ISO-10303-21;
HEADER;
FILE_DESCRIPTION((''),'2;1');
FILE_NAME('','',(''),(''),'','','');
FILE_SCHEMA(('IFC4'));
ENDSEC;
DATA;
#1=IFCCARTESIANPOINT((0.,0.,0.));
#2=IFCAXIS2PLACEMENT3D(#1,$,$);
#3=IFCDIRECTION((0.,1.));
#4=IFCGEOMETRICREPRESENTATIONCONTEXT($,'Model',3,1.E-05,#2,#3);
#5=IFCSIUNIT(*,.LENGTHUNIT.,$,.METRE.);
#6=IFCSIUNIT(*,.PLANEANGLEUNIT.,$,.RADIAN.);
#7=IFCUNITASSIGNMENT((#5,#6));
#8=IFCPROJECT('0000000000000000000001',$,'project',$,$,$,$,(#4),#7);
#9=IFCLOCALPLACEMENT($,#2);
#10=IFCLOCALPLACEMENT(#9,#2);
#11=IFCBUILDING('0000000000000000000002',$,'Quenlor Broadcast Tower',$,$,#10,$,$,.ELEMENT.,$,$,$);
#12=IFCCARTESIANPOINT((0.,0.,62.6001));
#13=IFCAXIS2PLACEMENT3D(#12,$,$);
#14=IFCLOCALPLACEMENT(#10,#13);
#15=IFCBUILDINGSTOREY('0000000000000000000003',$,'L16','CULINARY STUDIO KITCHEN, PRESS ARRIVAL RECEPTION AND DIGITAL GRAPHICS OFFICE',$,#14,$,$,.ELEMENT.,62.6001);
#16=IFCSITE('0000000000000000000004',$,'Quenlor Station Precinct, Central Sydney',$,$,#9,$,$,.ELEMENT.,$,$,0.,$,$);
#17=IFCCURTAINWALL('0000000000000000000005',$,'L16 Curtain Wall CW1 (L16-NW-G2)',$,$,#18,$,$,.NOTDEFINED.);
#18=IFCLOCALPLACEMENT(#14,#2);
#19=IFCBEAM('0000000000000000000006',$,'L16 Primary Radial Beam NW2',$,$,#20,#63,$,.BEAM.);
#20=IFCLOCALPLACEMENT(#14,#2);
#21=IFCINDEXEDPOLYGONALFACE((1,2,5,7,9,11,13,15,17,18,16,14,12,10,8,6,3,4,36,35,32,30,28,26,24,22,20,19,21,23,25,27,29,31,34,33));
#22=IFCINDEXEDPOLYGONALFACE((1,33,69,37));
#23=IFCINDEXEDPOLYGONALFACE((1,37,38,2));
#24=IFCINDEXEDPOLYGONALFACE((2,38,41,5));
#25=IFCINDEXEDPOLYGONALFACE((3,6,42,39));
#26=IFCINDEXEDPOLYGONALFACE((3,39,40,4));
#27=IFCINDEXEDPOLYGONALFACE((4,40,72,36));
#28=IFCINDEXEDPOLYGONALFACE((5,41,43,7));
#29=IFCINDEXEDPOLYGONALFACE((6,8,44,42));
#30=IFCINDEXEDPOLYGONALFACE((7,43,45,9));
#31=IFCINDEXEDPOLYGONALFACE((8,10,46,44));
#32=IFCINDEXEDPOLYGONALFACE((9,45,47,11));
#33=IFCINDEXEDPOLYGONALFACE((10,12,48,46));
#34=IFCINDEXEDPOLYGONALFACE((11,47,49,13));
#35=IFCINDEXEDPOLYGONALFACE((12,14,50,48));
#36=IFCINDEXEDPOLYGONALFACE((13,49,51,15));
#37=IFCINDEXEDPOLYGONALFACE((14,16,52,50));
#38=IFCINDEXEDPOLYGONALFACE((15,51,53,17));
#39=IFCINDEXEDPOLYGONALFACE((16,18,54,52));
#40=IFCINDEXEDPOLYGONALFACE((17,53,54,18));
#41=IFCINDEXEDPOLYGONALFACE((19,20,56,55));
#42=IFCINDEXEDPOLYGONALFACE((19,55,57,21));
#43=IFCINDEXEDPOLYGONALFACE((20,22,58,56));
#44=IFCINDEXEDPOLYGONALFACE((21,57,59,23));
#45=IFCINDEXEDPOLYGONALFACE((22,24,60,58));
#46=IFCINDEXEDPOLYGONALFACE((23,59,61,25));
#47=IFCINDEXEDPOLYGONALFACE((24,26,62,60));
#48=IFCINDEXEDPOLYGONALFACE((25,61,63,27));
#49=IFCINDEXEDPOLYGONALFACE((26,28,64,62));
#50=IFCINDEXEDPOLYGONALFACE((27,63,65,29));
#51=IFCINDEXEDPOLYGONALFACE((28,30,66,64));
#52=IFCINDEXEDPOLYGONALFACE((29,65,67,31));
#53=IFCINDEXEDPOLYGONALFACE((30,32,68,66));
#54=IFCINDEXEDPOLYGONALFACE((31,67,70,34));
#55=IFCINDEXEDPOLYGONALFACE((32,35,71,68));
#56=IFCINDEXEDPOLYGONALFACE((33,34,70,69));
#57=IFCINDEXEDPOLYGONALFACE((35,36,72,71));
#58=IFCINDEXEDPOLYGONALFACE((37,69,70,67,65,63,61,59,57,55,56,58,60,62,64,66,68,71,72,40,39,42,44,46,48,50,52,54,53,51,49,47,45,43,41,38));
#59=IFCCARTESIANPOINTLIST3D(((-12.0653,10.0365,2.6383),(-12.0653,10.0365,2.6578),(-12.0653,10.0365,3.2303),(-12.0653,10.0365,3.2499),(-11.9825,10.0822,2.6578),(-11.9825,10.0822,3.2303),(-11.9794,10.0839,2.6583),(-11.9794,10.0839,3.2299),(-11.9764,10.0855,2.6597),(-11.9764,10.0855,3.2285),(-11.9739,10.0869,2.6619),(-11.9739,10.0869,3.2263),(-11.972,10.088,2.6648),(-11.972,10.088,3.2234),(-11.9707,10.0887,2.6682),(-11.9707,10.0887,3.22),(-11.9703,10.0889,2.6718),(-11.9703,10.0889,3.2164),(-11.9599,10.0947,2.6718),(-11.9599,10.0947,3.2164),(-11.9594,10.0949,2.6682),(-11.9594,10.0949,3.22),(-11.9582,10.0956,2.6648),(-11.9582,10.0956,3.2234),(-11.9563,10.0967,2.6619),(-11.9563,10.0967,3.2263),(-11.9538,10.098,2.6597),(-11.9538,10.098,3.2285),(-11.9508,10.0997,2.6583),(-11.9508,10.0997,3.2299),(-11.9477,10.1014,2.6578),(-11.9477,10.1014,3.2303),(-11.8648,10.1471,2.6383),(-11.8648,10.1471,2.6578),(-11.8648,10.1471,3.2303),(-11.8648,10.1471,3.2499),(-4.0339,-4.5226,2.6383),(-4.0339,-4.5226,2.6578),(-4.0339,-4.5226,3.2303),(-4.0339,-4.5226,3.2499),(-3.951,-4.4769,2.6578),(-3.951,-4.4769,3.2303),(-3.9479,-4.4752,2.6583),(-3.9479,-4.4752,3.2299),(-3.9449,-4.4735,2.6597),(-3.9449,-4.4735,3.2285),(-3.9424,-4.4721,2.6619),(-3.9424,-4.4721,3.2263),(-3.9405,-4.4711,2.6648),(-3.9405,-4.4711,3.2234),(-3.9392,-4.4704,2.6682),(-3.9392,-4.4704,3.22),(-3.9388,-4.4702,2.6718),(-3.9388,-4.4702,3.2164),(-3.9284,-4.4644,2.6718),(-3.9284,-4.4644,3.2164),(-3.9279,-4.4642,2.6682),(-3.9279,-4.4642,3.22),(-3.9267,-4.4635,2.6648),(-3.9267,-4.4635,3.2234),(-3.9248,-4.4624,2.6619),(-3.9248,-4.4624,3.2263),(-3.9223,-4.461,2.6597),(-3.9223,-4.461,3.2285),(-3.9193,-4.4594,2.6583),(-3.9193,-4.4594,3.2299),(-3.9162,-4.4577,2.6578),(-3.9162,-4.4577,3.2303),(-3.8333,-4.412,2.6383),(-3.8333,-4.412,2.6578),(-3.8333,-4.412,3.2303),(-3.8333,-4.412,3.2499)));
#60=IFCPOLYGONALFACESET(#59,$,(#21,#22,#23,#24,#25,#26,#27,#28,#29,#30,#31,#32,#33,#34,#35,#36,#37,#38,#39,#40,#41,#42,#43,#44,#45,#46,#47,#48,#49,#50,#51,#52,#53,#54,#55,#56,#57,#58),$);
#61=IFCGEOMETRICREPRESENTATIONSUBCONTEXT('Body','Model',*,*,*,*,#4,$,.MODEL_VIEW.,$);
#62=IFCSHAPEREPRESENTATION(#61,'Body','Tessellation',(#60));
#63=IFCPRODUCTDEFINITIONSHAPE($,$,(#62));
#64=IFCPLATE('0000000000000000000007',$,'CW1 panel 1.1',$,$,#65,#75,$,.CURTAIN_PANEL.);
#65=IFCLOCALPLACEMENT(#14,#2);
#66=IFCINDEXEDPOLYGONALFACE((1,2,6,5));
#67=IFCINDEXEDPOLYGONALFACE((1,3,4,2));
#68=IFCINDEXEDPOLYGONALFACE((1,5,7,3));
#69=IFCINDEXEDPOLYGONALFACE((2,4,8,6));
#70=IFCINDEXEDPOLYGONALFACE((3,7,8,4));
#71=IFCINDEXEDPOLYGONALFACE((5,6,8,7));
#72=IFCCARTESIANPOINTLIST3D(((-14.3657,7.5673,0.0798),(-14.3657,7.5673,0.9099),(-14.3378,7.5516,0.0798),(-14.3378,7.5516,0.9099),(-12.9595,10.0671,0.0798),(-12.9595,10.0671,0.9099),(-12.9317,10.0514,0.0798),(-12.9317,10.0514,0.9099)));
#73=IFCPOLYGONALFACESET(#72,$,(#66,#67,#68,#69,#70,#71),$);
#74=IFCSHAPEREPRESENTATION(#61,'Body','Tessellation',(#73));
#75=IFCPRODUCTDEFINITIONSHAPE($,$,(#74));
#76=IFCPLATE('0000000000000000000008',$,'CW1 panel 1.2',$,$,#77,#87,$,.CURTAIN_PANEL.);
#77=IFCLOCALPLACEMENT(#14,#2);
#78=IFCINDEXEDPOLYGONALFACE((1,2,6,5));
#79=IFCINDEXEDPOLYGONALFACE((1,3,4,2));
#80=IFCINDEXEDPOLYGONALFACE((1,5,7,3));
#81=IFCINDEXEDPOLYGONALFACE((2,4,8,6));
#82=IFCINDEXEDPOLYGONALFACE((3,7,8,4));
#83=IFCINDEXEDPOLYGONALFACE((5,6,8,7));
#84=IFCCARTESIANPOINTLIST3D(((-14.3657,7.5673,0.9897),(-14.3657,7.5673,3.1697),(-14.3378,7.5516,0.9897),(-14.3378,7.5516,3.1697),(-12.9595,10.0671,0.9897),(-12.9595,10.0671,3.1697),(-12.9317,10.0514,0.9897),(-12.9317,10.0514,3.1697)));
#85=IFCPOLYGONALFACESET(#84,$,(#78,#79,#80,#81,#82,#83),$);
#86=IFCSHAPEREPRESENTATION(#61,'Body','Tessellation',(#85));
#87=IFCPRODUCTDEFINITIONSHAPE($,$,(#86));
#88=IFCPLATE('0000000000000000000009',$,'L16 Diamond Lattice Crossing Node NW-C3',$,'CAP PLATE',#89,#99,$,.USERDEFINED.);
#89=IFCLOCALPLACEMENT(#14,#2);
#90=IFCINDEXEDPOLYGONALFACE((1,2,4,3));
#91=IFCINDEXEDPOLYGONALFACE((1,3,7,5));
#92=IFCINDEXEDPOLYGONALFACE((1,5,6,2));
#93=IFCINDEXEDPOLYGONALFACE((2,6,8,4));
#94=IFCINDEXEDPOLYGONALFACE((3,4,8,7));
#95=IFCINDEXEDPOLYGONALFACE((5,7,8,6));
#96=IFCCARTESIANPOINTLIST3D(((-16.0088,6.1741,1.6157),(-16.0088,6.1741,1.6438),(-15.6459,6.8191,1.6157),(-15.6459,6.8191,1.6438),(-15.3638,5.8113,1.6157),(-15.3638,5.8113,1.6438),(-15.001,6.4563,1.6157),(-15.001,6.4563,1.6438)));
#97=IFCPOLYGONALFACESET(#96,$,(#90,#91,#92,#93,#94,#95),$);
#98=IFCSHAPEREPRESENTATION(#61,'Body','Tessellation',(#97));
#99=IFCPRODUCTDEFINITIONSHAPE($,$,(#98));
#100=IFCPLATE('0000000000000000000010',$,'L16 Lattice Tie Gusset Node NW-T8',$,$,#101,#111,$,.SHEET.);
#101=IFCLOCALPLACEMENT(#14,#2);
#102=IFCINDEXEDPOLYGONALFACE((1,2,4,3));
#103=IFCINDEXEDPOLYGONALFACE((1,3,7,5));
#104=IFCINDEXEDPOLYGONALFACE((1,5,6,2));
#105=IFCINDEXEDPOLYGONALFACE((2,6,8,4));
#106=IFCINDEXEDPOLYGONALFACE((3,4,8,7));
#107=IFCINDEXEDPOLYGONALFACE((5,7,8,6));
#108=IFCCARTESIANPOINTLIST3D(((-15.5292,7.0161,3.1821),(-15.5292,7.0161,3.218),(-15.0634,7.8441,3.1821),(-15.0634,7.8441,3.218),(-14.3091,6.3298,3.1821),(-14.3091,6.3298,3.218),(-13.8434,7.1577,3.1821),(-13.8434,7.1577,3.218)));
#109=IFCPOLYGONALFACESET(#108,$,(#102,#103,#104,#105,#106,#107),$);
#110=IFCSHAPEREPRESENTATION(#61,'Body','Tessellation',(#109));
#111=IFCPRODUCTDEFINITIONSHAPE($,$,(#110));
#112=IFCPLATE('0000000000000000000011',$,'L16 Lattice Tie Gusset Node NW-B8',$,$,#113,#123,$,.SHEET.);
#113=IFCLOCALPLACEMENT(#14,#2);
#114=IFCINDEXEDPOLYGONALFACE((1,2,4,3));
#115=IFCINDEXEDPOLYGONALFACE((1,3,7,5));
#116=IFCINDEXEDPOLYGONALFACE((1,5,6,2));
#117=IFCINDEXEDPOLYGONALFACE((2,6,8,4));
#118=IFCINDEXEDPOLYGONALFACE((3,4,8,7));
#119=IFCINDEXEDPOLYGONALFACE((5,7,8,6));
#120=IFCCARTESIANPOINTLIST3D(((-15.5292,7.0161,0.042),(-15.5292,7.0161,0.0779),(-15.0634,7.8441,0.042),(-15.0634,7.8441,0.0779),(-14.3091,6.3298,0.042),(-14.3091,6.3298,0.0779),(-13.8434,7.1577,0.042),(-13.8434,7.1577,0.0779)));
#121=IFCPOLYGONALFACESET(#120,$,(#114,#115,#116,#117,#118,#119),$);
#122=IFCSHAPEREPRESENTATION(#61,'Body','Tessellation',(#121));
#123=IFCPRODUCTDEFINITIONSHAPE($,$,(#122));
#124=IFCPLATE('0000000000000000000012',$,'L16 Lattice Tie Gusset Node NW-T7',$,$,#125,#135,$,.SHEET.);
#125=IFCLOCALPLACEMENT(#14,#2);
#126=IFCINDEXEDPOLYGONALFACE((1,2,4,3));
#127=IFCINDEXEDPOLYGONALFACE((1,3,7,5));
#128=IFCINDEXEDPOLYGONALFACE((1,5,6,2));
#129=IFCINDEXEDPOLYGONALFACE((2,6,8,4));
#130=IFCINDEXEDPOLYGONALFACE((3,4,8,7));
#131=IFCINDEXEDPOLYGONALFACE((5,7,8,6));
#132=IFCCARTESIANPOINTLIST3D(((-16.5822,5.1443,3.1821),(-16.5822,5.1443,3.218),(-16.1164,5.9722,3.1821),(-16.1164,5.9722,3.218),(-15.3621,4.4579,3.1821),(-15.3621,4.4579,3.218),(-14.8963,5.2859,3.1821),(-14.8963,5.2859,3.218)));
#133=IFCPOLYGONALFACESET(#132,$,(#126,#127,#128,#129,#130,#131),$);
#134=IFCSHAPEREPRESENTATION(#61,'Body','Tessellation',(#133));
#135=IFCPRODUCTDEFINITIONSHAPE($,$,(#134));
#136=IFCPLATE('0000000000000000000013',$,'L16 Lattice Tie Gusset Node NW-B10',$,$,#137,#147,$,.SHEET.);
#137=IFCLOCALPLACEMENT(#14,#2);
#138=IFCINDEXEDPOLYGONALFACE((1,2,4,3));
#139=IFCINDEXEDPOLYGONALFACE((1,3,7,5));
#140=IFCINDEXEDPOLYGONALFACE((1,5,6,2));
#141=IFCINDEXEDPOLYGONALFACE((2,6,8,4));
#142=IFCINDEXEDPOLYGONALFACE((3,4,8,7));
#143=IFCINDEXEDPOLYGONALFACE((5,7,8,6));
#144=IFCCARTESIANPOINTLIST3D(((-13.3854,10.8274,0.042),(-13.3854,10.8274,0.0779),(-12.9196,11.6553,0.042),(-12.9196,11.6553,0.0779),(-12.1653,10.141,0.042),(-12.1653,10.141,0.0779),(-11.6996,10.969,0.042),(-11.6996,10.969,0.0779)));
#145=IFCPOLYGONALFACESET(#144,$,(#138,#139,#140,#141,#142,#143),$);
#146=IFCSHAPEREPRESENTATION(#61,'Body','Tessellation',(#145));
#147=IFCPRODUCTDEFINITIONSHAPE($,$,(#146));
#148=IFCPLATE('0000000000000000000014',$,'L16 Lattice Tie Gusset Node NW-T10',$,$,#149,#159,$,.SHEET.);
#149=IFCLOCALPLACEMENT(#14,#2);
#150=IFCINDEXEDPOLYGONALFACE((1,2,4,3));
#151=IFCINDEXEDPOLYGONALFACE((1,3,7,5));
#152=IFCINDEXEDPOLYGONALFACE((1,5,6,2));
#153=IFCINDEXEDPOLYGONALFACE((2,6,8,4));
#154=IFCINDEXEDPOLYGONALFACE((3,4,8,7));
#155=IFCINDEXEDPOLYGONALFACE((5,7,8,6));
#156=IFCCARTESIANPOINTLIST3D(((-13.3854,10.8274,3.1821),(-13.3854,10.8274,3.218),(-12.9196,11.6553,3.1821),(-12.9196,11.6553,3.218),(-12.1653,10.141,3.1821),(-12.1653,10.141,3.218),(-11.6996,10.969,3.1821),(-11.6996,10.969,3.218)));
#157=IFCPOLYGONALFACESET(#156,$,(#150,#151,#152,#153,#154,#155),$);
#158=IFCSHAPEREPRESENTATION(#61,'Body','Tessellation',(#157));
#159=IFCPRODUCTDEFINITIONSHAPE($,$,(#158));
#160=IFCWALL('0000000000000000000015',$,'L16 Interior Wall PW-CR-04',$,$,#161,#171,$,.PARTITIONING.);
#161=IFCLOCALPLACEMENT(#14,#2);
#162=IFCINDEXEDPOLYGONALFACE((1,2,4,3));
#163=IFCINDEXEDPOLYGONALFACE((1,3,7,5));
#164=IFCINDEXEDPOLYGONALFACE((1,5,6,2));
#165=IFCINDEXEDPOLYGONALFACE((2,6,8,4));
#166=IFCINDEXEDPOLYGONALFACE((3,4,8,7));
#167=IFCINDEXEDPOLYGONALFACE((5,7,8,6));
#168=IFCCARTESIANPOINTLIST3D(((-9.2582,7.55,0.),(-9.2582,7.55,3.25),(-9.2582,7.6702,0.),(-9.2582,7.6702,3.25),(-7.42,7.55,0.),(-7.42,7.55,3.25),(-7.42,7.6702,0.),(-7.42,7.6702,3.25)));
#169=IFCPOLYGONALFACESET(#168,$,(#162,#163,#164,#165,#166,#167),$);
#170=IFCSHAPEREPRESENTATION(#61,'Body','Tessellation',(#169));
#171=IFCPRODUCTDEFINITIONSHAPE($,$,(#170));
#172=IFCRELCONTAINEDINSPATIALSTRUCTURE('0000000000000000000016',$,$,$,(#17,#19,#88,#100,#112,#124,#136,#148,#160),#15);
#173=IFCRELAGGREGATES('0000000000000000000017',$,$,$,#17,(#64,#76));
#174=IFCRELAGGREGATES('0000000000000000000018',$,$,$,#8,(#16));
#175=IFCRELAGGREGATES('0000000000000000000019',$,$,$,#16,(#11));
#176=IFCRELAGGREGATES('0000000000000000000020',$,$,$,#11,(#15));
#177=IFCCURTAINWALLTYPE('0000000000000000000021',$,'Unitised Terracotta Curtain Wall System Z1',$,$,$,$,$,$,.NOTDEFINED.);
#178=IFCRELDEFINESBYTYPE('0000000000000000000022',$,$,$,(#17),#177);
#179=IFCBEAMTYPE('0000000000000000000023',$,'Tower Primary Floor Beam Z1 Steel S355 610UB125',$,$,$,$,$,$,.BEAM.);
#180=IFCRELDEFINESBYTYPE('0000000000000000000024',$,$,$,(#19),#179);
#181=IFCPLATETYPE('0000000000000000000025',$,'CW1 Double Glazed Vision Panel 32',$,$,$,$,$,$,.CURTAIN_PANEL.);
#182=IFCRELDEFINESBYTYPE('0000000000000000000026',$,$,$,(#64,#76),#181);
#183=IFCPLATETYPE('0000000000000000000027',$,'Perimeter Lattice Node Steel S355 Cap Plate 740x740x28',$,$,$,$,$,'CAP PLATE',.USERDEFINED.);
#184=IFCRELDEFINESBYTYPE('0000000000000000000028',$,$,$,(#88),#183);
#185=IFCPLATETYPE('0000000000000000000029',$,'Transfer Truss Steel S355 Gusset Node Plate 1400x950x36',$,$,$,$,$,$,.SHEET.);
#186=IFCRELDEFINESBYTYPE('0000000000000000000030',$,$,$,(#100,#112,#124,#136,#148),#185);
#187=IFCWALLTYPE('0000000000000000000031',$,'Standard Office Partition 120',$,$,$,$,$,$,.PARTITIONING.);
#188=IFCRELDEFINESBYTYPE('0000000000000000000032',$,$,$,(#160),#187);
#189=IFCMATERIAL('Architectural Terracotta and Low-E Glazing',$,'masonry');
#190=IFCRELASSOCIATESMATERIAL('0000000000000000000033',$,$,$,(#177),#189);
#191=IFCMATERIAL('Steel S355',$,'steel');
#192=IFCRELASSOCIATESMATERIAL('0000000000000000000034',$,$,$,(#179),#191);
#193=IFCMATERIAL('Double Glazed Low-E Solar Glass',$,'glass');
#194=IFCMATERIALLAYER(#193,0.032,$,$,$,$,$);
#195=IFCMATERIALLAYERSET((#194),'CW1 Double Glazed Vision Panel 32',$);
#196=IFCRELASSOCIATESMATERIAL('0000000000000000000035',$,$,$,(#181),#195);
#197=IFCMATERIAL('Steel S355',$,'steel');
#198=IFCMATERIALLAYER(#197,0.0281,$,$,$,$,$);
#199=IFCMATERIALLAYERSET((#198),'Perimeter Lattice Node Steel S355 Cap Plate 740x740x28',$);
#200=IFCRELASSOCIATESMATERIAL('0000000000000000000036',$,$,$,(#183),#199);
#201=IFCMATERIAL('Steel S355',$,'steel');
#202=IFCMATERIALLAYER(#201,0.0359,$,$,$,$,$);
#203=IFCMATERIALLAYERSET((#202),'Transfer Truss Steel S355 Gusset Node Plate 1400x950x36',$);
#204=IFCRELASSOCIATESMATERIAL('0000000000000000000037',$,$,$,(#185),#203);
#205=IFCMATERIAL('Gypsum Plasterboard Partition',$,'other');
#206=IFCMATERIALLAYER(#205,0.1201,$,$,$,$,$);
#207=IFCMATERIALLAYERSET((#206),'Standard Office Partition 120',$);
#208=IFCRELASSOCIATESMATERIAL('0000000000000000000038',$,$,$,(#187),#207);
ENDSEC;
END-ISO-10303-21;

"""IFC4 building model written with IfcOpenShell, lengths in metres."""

from ifc_helpers import new_model, si_unit, direction, frame, frame_2d, origin, origin_2d, place, context, subcontext, project, spatial, rectangle, i_section, extrude, material, layer, layer_set, material_profile, profile_set, type_object, element, aggregate, save


model = new_model("IFC4")

# Units and contexts
model_context = context("Model", 3, precision=1e-05, world=origin(), true_north=direction((0.0, 1.0)))
body_context = subcontext(model_context, "Body", "Model", "MODEL_VIEW")
ifc_project = project(units=[si_unit("LENGTHUNIT", "METRE"), si_unit("PLANEANGLEUNIT", "RADIAN")], contexts=[model_context])

# Site, building, storey
site_placement = place(None, origin())
site = spatial("IfcSite", under=ifc_project, at=site_placement, Name="Quenlor Station Precinct, Central Sydney", CompositionType="ELEMENT", RefElevation=0.0)
building_placement = place(site_placement, origin())
building = spatial("IfcBuilding", under=site, at=building_placement, Name="Quenlor Broadcast Tower", CompositionType="ELEMENT")
storey_placement = place(building_placement, frame((0.0, 0.0, 62.6001)))
storey = spatial("IfcBuildingStorey", under=building, at=storey_placement, Name="L16", Description="CULINARY STUDIO KITCHEN, PRESS ARRIVAL RECEPTION AND DIGITAL GRAPHICS OFFICE", CompositionType="ELEMENT", Elevation=62.6001)

# Curtain wall
ifc_material_1 = material(Name="Architectural Terracotta and Low-E Glazing", Category="masonry")
curtain_wall_type = type_object("IfcCurtainWallType", Name="Unitised Terracotta Curtain Wall System Z1", PredefinedType="NOTDEFINED", material=ifc_material_1)
curtain_wall_placement = place(storey_placement, origin())
curtain_wall = element("IfcCurtainWall", 1, at=curtain_wall_placement, inside=storey, type_object=curtain_wall_type, Name="L16 Curtain Wall CW1 (L16-NW-G2)", PredefinedType="NOTDEFINED")

# Beam
ifc_material_2 = material(Name="Steel S355", Category="steel")
ifc_material_profile_1 = material_profile(ifc_material_2, i_section(OverallWidth=0.229, OverallDepth=0.6116, WebThickness=0.012, FlangeThickness=0.0195, FilletRadius=0.0139, at=origin_2d()))
ifc_profile_set_1 = profile_set([ifc_material_profile_1], Name="Steel S355 610UB125")
beam_type_1 = type_object("IfcBeamType", Name="Tower Primary Floor Beam Z1 Steel S355 610UB125", PredefinedType="BEAM", material=ifc_profile_set_1)
beam_1_placement = place(storey_placement, frame((-11.9651, 10.0918, 2.9441), z_axis=(0.483026, -0.875606, 0.0), x_axis=(0.875606, 0.483026, 0.0)))
element("IfcBeam", 2, at=beam_1_placement, inside=storey, type_object=beam_type_1, Name="L16 Primary Radial Beam NW2", PredefinedType="BEAM", context=body_context, shape_type="SweptSolid", body=[
    extrude(i_section(OverallWidth=0.229, OverallDepth=0.6116, WebThickness=0.012, FlangeThickness=0.0195, FilletRadius=0.0139, at=origin_2d()), origin(), (0.0, 0.0, 1.0), 16.6274),
])

# Plates
ifc_material_3 = material(Name="Double Glazed Low-E Solar Glass", Category="glass")
ifc_layer_1 = layer(ifc_material_3, 0.032)
ifc_layer_set_1 = layer_set([ifc_layer_1], Name="CW1 Double Glazed Vision Panel 32")
plate_type_1 = type_object("IfcPlateType", Name="CW1 Double Glazed Vision Panel 32", PredefinedType="CURTAIN_PANEL", material=ifc_layer_set_1)
plate_1_placement = place(storey_placement, frame((-13.6487, 8.8093, 0.0798), z_axis=(0.0, 0.0, 1.0), x_axis=(0.490274, 0.871568, 0.0)))
plate_1 = element("IfcPlate", 3, at=plate_1_placement, type_object=plate_type_1, Name="CW1 panel 1.1", PredefinedType="CURTAIN_PANEL", context=body_context, shape_type="SweptSolid", body=[
    extrude(rectangle(XDim=2.8682, YDim=0.032, at=origin_2d()), origin(), (0.0, 0.0, 1.0), 0.8301),
])
plate_2_placement = place(storey_placement, frame((-13.6487, 8.8093, 0.9897), z_axis=(0.0, 0.0, 1.0), x_axis=(0.490274, 0.871568, 0.0)))
plate_2 = element("IfcPlate", 4, at=plate_2_placement, type_object=plate_type_1, Name="CW1 panel 1.2", PredefinedType="CURTAIN_PANEL", context=body_context, shape_type="SweptSolid", body=[
    extrude(rectangle(XDim=2.8682, YDim=0.032, at=origin_2d()), origin(), (0.0, 0.0, 1.0), 2.1799),
])
aggregate(curtain_wall, [plate_1, plate_2])

# Plates
ifc_material_4 = material(Name="Steel S355", Category="steel")
ifc_layer_2 = layer(ifc_material_4, 0.0281)
ifc_layer_set_2 = layer_set([ifc_layer_2], Name="Perimeter Lattice Node Steel S355 Cap Plate 740x740x28")
plate_type_2 = type_object("IfcPlateType", Name="Perimeter Lattice Node Steel S355 Cap Plate 740x740x28", ElementType="CAP PLATE", PredefinedType="USERDEFINED", material=ifc_layer_set_2)
plate_3_placement = place(storey_placement, frame((-15.5049, 6.3152, 1.6157), z_axis=(0.0, 0.0, 1.0), x_axis=(0.490295, 0.871556, 0.0)))
element("IfcPlate", 5, at=plate_3_placement, inside=storey, type_object=plate_type_2, Name="L16 Diamond Lattice Crossing Node NW-C3", ObjectType="CAP PLATE", PredefinedType="USERDEFINED", context=body_context, shape_type="SweptSolid", body=[
    extrude(rectangle(XDim=0.74, YDim=0.74, at=origin_2d()), origin(), (0.0, 0.0, 1.0), 0.0281),
])
ifc_material_5 = material(Name="Steel S355", Category="steel")
ifc_layer_3 = layer(ifc_material_5, 0.0359)
ifc_layer_set_3 = layer_set([ifc_layer_3], Name="Transfer Truss Steel S355 Gusset Node Plate 1400x950x36")
plate_type_3 = type_object("IfcPlateType", Name="Transfer Truss Steel S355 Gusset Node Plate 1400x950x36", PredefinedType="SHEET", material=ifc_layer_set_3)
for number, where, z_axis, x_axis, name in (
    (6, (-14.6863, 7.0869, 3.1821), (0.0, 0.0, 1.0), (-0.871556, 0.490295, 0.0), "L16 Lattice Tie Gusset Node NW-T8"),
    (7, (-14.6863, 7.0869, 0.042), (0.0, 0.0, 1.0), (-0.871556, 0.490295, 0.0), "L16 Lattice Tie Gusset Node NW-B8"),
    (8, (-15.7393, 5.2151, 3.1821), (0.0, 0.0, 1.0), (-0.871556, 0.490295, 0.0), "L16 Lattice Tie Gusset Node NW-T7"),
    (9, (-12.5425, 10.8982, 0.042), (0.0, 0.0, 1.0), (-0.871556, 0.490295, 0.0), "L16 Lattice Tie Gusset Node NW-B10"),
    (10, (-12.5425, 10.8982, 3.1821), (0.0, 0.0, 1.0), (-0.871556, 0.490295, 0.0), "L16 Lattice Tie Gusset Node NW-T10"),
):
    element("IfcPlate", number, at=place(storey_placement, frame(where, z_axis=z_axis, x_axis=x_axis)), inside=storey, type_object=plate_type_3, Name=name, PredefinedType="SHEET", context=body_context, shape_type="SweptSolid", body=[
        extrude(rectangle(XDim=1.3999, YDim=0.95, at=origin_2d()), origin(), (0.0, 0.0, 1.0), 0.0359),
    ])

# Wall
ifc_material_6 = material(Name="Gypsum Plasterboard Partition", Category="other")
ifc_layer_4 = layer(ifc_material_6, 0.1201)
ifc_layer_set_4 = layer_set([ifc_layer_4], Name="Standard Office Partition 120")
wall_type_1 = type_object("IfcWallType", Name="Standard Office Partition 120", PredefinedType="PARTITIONING", material=ifc_layer_set_4)
wall_1_placement = place(storey_placement, frame((-9.2581, 7.6101, 0.0), z_axis=(0.0, 0.0, 1.0), x_axis=(1.0, 0.0, 0.0)))
element("IfcWall", 11, at=wall_1_placement, inside=storey, type_object=wall_type_1, Name="L16 Interior Wall PW-CR-04", PredefinedType="PARTITIONING", context=body_context, shape_type="SweptSolid", body=[
    extrude(rectangle(XDim=1.8381, YDim=0.1201, at=frame_2d((0.9189, 0.0))), origin(), (0.0, 0.0, 1.0), 3.25),
])

save(model, "model.ifc")
